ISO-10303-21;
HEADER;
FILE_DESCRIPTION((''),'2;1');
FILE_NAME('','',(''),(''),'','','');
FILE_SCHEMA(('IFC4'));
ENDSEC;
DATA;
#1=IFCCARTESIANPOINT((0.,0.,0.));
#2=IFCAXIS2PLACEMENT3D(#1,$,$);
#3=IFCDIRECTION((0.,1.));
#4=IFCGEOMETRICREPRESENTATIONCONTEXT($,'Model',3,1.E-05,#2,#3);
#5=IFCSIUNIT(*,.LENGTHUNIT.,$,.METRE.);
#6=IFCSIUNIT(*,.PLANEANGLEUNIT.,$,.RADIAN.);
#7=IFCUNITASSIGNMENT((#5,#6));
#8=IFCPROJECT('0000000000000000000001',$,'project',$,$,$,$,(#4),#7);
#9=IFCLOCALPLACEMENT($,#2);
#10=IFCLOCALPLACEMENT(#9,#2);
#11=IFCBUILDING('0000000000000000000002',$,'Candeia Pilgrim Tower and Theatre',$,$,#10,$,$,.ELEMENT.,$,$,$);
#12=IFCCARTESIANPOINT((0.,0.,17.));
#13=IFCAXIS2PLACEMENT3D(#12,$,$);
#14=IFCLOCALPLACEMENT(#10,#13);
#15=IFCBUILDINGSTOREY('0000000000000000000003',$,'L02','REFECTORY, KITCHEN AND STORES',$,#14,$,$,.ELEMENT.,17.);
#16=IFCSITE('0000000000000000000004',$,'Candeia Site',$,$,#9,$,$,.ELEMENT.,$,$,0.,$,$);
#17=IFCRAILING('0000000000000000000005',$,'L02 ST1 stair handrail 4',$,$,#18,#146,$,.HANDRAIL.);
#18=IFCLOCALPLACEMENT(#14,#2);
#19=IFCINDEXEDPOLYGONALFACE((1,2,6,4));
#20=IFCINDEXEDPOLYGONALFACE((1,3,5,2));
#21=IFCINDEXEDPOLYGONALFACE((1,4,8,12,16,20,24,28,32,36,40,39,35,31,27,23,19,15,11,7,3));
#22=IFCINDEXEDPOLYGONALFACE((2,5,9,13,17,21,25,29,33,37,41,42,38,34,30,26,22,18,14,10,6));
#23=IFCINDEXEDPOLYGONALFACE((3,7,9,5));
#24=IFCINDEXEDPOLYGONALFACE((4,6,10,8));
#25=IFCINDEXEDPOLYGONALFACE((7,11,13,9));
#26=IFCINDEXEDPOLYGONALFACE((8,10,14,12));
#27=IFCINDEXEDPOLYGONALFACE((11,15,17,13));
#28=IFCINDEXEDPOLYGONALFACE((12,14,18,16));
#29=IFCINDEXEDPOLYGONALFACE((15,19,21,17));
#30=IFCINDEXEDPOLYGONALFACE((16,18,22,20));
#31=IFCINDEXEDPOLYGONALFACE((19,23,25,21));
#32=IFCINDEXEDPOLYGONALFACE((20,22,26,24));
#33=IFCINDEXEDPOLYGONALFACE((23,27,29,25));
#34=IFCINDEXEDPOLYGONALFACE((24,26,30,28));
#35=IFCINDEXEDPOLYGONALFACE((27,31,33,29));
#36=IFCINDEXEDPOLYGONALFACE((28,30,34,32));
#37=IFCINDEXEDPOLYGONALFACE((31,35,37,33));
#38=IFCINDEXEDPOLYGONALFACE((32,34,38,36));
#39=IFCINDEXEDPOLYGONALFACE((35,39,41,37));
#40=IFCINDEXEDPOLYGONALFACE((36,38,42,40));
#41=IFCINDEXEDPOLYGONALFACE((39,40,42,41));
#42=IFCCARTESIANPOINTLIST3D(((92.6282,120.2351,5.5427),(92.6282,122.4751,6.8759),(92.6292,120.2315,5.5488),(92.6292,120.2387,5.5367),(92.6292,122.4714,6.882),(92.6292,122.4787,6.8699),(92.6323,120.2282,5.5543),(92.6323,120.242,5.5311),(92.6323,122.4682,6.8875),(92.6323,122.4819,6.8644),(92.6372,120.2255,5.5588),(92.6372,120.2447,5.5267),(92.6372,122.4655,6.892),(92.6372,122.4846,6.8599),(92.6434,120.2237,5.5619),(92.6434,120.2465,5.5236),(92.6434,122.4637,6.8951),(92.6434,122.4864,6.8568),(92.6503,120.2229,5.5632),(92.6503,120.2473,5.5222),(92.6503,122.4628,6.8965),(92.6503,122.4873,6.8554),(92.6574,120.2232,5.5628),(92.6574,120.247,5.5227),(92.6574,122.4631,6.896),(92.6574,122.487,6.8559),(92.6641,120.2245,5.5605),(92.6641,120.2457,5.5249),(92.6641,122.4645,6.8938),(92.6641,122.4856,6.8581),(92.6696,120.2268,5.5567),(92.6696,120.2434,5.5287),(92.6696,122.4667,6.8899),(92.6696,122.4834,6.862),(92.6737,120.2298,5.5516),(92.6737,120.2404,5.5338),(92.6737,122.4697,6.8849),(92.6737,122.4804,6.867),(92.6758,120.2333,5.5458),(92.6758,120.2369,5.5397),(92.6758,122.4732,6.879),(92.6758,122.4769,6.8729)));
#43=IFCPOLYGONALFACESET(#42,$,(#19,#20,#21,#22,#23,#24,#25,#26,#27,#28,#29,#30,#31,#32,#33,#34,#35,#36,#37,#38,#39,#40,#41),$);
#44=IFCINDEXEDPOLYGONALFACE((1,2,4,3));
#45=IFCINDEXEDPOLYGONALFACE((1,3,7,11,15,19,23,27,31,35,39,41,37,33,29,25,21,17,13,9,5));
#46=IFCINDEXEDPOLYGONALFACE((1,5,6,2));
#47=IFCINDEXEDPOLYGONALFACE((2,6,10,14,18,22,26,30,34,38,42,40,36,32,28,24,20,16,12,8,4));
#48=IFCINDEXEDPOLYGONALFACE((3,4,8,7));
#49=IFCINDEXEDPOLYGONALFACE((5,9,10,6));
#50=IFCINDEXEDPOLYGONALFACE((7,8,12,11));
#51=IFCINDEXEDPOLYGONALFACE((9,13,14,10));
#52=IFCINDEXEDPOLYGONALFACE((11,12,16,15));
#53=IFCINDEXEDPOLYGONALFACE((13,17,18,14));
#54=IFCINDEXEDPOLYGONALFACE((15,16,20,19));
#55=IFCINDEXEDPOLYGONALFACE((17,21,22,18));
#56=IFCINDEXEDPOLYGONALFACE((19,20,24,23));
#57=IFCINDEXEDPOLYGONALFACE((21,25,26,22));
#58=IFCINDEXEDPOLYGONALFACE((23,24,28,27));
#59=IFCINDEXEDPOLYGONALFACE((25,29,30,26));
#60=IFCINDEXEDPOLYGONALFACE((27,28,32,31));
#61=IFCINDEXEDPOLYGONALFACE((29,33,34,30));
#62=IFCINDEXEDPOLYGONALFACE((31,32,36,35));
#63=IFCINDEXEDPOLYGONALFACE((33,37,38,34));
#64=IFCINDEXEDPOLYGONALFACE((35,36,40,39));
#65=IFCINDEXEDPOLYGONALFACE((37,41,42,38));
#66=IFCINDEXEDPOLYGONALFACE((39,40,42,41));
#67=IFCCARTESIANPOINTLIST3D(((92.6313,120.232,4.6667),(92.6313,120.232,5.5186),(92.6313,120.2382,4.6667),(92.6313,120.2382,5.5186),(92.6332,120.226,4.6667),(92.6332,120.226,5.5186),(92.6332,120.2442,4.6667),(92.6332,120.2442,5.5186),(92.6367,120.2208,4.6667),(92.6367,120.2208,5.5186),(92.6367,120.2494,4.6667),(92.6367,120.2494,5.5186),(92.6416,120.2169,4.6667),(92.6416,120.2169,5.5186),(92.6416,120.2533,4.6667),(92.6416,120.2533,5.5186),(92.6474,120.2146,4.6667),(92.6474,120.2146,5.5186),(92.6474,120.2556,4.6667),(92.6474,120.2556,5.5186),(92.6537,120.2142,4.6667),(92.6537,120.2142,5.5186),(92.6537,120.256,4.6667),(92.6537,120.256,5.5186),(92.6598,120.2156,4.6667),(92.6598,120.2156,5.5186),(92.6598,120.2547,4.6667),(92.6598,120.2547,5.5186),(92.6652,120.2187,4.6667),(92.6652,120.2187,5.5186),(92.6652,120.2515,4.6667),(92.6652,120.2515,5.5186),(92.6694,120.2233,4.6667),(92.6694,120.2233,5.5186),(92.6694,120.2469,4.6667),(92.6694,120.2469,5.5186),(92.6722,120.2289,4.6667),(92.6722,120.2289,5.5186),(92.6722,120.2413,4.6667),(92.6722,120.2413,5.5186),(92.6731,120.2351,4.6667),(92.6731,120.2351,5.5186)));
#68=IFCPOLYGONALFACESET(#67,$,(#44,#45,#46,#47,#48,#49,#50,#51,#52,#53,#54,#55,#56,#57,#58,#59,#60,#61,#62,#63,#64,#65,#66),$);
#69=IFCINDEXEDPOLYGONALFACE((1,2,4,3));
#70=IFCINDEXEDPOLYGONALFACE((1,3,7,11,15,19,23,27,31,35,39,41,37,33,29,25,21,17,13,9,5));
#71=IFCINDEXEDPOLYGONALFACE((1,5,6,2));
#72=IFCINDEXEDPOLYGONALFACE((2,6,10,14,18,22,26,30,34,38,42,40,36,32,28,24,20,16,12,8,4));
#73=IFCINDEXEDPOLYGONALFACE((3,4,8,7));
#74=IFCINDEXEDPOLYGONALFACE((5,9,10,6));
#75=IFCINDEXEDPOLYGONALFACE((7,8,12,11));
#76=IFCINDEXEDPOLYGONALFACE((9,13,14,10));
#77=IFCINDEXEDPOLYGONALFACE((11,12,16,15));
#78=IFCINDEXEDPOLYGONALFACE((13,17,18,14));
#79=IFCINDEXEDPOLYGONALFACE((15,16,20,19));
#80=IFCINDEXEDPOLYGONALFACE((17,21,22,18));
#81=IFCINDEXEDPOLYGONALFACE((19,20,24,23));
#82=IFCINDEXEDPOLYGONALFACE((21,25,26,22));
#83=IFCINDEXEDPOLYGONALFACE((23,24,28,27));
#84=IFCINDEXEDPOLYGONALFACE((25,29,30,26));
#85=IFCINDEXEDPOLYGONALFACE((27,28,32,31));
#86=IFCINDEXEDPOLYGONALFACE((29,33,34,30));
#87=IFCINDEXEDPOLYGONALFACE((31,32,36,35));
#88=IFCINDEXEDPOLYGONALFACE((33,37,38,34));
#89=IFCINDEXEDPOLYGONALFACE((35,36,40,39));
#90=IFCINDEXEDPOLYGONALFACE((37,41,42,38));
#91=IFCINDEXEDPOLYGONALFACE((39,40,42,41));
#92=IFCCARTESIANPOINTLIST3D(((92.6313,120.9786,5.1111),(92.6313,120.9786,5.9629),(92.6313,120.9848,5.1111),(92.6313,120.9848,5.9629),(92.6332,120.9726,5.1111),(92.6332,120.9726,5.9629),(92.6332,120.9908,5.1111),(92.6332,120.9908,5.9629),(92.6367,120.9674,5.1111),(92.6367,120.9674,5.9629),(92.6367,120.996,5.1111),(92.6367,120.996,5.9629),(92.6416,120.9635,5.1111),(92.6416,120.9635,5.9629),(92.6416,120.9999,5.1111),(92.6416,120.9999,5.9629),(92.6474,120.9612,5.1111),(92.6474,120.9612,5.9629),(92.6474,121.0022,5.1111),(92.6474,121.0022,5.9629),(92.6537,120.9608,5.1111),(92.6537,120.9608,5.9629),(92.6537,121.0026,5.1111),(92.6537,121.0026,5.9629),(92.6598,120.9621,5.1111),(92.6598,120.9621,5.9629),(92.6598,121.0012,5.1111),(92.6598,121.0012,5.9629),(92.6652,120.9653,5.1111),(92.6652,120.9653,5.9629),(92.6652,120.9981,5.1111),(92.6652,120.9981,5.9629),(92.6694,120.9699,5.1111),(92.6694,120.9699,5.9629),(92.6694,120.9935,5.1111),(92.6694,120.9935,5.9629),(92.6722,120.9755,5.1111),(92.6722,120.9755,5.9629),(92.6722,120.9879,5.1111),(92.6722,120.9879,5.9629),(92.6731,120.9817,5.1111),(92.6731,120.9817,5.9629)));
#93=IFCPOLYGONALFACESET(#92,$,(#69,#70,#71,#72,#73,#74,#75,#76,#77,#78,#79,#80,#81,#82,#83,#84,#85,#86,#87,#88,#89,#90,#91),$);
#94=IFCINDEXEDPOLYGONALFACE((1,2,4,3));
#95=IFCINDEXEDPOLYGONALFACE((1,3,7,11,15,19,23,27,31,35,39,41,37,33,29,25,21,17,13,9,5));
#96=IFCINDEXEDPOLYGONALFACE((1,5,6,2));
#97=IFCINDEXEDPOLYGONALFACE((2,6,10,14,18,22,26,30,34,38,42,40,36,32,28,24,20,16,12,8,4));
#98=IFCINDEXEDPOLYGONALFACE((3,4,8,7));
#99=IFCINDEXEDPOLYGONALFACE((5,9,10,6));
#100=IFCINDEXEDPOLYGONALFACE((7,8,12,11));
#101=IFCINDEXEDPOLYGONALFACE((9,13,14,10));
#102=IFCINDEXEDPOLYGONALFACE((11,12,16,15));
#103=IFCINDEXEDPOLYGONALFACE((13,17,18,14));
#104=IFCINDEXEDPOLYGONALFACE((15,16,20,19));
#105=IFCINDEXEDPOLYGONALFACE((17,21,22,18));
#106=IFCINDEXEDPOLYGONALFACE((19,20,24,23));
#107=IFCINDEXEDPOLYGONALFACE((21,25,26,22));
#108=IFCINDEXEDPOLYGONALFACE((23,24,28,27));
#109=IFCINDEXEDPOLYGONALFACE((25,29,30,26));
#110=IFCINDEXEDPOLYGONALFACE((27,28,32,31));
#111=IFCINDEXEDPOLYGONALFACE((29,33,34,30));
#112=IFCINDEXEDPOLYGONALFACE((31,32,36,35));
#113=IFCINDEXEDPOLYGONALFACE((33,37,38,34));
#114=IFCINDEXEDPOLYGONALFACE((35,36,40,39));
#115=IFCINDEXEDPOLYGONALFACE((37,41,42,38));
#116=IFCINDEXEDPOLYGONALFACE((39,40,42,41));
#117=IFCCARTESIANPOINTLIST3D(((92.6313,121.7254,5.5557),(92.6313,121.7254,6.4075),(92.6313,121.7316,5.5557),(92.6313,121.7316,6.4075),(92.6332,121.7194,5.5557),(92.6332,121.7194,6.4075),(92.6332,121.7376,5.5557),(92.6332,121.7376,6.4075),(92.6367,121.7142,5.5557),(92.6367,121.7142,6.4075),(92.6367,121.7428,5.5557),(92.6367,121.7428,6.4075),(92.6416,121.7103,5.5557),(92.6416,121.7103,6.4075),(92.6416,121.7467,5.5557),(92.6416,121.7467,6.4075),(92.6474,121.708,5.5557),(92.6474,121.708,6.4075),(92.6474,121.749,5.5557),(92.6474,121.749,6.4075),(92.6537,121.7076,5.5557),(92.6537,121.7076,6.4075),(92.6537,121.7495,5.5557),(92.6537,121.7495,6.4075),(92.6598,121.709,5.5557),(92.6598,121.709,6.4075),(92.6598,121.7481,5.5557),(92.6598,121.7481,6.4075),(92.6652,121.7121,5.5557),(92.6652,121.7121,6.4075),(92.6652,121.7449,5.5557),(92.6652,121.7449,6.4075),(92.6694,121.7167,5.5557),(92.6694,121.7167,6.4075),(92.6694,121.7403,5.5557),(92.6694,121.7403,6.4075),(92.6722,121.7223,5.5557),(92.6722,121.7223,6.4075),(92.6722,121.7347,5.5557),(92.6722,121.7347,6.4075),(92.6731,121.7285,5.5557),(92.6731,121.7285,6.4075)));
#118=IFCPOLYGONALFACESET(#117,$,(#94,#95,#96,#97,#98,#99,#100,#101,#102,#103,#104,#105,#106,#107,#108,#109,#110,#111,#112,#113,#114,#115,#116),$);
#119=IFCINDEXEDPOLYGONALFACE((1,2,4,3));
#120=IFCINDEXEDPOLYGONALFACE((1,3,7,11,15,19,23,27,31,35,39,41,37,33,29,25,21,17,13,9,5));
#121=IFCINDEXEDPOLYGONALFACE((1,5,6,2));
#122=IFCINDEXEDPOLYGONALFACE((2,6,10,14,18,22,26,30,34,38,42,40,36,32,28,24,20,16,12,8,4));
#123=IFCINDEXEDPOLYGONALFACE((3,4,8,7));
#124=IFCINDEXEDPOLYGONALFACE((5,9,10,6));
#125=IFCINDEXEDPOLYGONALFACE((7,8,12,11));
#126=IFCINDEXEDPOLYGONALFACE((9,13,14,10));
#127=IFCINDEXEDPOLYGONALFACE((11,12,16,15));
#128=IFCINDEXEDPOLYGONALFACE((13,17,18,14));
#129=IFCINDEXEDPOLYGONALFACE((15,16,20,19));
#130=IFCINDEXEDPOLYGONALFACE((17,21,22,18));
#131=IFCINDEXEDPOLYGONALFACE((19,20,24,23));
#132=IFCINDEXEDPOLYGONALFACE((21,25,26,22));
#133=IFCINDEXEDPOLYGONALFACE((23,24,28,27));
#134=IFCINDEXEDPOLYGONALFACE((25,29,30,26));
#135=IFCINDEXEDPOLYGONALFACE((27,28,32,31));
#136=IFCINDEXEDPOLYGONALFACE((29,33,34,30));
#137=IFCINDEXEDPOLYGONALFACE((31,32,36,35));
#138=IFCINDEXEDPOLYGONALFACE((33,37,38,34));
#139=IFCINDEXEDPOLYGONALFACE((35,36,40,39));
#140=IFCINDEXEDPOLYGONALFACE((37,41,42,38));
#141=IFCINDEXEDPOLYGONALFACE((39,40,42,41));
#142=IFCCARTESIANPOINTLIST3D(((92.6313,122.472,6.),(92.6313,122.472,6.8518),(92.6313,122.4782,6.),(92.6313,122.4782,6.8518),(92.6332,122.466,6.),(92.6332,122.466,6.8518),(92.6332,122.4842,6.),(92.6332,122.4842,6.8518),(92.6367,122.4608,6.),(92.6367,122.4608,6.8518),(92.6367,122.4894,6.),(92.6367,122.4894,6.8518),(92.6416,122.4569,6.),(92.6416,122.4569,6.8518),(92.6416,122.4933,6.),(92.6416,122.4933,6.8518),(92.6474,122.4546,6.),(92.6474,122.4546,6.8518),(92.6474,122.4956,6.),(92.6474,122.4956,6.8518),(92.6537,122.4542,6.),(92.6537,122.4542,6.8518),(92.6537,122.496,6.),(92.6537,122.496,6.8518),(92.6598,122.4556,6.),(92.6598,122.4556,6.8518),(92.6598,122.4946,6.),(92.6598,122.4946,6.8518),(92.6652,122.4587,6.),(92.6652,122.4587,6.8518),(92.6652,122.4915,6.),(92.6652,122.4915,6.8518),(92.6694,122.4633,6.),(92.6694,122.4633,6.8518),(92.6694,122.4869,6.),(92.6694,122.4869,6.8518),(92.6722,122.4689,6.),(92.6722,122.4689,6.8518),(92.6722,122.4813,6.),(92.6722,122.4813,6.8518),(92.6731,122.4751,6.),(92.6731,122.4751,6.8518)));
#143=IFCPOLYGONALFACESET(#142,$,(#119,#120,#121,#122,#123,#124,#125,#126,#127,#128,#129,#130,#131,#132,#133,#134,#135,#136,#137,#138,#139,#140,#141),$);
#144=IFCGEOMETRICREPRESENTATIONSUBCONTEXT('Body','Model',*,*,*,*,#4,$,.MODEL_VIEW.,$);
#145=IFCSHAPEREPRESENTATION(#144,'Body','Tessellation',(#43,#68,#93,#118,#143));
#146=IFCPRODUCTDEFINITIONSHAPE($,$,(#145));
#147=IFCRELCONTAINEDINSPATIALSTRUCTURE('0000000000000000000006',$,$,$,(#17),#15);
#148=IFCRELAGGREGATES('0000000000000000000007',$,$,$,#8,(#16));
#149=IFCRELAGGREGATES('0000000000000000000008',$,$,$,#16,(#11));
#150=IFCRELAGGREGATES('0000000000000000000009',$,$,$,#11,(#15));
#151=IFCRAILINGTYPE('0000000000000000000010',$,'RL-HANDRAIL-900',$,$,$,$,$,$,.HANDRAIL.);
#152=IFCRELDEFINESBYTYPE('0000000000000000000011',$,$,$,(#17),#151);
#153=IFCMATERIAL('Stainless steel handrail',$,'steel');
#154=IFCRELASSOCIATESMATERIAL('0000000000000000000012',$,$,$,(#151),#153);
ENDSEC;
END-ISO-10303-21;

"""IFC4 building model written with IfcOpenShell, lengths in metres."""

from ifc_helpers import new_model, si_unit, direction, frame, origin, origin_2d, place, context, subcontext, project, spatial, circle, extrude, material, type_object, element, save


model = new_model("IFC4")

# Units and contexts
model_context = context("Model", 3, precision=1e-05, world=origin(), true_north=direction((0.0, 1.0)))
body_context = subcontext(model_context, "Body", "Model", "MODEL_VIEW")
ifc_project = project(units=[si_unit("LENGTHUNIT", "METRE"), si_unit("PLANEANGLEUNIT", "RADIAN")], contexts=[model_context])

# Site, building, storey
site_placement = place(None, origin())
site = spatial("IfcSite", under=ifc_project, at=site_placement, Name="Candeia Site", CompositionType="ELEMENT", RefElevation=0.0)
building_placement = place(site_placement, origin())
building = spatial("IfcBuilding", under=site, at=building_placement, Name="Candeia Pilgrim Tower and Theatre", CompositionType="ELEMENT")
storey_placement = place(building_placement, frame((0.0, 0.0, 17.0)))
storey = spatial("IfcBuildingStorey", under=building, at=storey_placement, Name="L02", Description="REFECTORY, KITCHEN AND STORES", CompositionType="ELEMENT", Elevation=17.0)

# Railing
ifc_material_1 = material(Name="Stainless steel handrail", Category="steel")
railing_type = type_object("IfcRailingType", Name="RL-HANDRAIL-900", PredefinedType="HANDRAIL", material=ifc_material_1)
for number, where, name in (
    (1, (92.6521, 120.2351, 4.6667), "L02 ST1 stair handrail 4"),
):
    element("IfcRailing", number, at=place(storey_placement, frame(where)), inside=storey, type_object=railing_type, Name=name, PredefinedType="HANDRAIL", context=body_context, shape_type="SweptSolid", body=[
        extrude(circle(Radius=0.0239, at=origin_2d()), frame((0.0, 0.0, 0.876), z_axis=(0.0, 0.859306, 0.511462), x_axis=(-1.0, 0.0, 0.0)), (0.0, 0.0, 1.0), 2.6067),
        extrude(circle(Radius=0.021, at=origin_2d()), origin(), (0.0, 0.0, 1.0), 0.8518),
        extrude(circle(Radius=0.021, at=origin_2d()), frame((0.0, 0.7466, 0.4443)), (0.0, 0.0, 1.0), 0.8518),
        extrude(circle(Radius=0.021, at=origin_2d()), frame((0.0, 1.4934, 0.8889)), (0.0, 0.0, 1.0), 0.8518),
        extrude(circle(Radius=0.021, at=origin_2d()), frame((0.0, 2.24, 1.3333)), (0.0, 0.0, 1.0), 0.8518),
    ])

save(model, "model.ifc")
